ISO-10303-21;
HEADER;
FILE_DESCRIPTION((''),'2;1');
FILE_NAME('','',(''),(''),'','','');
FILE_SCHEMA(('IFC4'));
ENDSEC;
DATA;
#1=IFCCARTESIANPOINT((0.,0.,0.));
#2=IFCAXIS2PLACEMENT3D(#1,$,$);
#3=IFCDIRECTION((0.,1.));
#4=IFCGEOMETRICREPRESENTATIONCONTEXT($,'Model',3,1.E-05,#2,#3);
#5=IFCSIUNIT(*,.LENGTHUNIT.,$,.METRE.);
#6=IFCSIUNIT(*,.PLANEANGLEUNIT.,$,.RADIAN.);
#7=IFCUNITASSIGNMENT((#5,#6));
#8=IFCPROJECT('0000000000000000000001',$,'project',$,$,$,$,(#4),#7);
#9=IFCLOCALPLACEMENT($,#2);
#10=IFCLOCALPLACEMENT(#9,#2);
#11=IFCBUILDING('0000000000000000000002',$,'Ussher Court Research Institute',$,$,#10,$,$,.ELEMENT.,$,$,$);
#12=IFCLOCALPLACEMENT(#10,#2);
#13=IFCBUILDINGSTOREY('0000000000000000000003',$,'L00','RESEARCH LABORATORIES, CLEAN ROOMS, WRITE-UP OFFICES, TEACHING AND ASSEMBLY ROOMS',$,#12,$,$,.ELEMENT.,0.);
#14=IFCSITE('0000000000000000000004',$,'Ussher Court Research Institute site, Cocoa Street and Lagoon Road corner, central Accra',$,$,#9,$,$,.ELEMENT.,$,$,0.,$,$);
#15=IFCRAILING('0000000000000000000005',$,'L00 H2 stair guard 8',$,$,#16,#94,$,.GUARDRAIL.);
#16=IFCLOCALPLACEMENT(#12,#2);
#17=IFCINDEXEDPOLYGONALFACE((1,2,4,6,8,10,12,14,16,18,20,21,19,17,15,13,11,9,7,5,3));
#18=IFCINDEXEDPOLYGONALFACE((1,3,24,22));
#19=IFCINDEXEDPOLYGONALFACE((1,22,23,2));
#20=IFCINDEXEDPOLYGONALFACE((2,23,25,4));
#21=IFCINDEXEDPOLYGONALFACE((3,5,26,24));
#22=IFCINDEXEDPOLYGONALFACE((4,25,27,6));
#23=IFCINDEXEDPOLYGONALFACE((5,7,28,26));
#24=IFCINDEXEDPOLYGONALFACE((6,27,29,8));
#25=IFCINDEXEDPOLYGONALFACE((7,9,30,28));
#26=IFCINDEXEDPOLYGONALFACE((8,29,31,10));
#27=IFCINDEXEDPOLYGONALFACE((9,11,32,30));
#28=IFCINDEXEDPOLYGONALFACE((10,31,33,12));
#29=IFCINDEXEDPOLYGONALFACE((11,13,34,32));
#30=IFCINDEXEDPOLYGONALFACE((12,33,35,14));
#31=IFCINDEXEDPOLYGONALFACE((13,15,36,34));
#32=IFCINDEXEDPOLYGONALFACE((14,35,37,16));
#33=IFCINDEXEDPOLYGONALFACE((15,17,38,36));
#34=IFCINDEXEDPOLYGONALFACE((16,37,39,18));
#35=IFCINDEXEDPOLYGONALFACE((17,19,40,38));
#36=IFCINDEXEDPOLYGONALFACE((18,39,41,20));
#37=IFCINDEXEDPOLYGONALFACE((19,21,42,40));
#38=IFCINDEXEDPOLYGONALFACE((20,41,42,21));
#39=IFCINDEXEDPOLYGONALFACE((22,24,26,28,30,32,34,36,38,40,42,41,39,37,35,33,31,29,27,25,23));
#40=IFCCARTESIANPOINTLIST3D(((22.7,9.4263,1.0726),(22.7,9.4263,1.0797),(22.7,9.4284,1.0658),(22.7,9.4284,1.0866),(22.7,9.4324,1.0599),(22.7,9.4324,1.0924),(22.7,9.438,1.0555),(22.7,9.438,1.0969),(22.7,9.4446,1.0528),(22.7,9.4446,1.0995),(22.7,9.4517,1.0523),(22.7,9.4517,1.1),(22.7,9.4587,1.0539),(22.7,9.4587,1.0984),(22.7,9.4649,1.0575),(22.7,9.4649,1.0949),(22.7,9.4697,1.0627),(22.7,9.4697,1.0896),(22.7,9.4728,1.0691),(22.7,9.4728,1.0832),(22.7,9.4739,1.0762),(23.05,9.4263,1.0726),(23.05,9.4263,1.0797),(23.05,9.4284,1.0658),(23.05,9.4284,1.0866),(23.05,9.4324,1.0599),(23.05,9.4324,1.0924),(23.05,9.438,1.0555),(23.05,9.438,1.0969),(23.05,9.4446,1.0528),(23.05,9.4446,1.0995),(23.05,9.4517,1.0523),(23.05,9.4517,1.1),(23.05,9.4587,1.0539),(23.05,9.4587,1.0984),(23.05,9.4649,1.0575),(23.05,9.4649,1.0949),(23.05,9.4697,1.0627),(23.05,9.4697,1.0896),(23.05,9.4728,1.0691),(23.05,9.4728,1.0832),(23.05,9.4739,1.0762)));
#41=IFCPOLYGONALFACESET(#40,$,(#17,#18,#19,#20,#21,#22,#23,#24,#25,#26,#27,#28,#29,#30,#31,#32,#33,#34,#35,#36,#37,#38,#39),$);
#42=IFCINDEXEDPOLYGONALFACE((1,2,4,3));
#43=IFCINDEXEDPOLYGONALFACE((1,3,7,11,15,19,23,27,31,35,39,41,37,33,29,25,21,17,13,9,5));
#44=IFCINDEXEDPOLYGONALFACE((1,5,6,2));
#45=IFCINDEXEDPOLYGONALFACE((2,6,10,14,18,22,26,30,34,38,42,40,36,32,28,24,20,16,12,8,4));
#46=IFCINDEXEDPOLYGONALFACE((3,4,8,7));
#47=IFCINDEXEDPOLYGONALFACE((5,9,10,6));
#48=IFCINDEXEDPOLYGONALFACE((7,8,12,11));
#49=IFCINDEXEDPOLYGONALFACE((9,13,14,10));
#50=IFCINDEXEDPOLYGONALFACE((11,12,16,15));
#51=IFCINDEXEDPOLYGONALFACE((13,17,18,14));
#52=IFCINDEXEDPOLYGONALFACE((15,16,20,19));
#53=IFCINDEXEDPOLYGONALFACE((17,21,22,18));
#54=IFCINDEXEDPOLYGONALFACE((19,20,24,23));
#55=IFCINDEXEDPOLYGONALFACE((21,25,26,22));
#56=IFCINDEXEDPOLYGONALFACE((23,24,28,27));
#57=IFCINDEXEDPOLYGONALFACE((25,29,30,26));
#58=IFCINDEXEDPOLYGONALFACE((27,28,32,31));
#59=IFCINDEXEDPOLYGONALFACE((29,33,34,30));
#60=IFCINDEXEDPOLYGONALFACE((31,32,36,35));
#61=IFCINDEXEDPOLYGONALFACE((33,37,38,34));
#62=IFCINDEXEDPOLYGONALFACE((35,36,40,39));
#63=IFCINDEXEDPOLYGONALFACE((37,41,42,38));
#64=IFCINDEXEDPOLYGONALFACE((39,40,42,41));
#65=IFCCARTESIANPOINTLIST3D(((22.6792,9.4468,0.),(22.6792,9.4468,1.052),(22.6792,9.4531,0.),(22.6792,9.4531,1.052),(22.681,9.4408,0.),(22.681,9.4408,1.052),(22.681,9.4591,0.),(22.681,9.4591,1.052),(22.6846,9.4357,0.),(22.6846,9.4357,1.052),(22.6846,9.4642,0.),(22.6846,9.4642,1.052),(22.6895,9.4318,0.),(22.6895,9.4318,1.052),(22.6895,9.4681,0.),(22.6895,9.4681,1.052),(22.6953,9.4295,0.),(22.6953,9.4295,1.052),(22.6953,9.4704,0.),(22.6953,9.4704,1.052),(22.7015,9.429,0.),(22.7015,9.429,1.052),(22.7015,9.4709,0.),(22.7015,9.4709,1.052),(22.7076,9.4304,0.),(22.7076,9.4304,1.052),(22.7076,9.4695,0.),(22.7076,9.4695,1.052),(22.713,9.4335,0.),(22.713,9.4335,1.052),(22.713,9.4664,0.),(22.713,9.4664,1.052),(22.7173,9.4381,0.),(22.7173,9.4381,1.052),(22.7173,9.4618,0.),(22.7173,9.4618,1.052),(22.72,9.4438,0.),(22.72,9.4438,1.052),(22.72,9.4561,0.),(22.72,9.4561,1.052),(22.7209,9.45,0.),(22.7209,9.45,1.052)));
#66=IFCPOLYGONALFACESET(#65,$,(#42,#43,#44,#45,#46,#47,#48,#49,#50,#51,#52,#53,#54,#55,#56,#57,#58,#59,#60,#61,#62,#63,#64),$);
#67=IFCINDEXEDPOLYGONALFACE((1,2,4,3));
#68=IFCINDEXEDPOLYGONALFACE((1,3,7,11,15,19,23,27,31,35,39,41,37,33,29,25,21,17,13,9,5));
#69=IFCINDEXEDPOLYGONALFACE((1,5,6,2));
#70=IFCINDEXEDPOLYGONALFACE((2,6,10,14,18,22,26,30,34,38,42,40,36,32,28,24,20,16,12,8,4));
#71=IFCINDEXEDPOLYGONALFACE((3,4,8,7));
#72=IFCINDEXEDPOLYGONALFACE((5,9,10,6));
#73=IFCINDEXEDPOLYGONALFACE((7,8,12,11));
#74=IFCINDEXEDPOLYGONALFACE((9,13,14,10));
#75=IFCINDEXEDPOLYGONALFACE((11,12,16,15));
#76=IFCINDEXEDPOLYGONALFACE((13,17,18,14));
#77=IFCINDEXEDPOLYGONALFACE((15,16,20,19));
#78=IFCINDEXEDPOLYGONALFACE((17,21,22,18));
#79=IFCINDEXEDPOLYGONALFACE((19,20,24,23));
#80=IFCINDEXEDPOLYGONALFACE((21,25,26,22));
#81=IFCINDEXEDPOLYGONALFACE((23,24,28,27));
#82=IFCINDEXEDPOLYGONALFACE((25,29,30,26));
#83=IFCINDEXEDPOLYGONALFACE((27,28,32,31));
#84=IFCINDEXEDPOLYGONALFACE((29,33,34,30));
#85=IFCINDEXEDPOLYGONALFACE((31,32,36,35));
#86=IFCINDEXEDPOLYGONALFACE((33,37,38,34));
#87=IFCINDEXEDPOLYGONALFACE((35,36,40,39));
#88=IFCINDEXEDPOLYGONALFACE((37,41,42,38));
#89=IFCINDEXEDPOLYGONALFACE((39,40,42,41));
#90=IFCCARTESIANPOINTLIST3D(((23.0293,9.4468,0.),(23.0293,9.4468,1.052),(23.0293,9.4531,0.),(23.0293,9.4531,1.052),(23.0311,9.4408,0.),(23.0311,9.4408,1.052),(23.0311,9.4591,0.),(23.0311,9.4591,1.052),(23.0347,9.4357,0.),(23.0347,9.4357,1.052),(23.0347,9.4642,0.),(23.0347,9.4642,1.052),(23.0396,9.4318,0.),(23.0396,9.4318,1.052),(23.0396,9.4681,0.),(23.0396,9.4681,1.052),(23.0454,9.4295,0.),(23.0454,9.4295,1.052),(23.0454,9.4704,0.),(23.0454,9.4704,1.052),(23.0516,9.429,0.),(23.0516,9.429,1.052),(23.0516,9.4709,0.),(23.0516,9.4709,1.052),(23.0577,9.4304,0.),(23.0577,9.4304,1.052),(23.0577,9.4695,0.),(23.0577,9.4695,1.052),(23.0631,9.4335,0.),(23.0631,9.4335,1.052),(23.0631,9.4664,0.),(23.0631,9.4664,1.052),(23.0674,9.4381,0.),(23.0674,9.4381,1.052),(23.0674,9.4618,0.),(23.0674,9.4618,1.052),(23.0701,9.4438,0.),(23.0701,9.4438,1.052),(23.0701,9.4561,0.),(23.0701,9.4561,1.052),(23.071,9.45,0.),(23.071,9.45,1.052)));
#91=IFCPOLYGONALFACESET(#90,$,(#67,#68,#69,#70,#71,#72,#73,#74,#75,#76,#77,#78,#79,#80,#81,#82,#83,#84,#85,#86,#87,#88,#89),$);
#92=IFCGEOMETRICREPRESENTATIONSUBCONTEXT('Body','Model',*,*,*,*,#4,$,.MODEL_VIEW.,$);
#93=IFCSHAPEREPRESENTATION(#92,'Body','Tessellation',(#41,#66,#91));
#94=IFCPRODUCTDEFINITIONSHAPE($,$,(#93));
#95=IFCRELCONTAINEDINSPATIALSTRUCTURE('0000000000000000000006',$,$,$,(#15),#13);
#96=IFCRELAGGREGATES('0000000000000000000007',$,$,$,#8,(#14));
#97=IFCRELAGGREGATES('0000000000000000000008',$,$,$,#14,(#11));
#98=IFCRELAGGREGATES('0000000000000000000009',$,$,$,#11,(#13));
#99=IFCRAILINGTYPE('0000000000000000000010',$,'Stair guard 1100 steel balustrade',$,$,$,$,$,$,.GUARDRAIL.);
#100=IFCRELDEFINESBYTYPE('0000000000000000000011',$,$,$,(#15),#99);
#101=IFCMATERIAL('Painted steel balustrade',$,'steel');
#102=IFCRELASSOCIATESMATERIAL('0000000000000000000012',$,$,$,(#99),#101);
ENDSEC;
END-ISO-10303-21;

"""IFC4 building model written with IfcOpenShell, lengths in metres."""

from ifc_helpers import new_model, si_unit, direction, frame, origin, origin_2d, place, context, subcontext, project, spatial, circle, extrude, material, type_object, element, save


model = new_model("IFC4")

# Units and contexts
model_context = context("Model", 3, precision=1e-05, world=origin(), true_north=direction((0.0, 1.0)))
body_context = subcontext(model_context, "Body", "Model", "MODEL_VIEW")
ifc_project = project(units=[si_unit("LENGTHUNIT", "METRE"), si_unit("PLANEANGLEUNIT", "RADIAN")], contexts=[model_context])

# Site, building, storey
site_placement = place(None, origin())
site = spatial("IfcSite", under=ifc_project, at=site_placement, Name="Ussher Court Research Institute site, Cocoa Street and Lagoon Road corner, central Accra", CompositionType="ELEMENT", RefElevation=0.0)
building_placement = place(site_placement, origin())
building = spatial("IfcBuilding", under=site, at=building_placement, Name="Ussher Court Research Institute", CompositionType="ELEMENT")
storey_placement = place(building_placement, origin())
storey = spatial("IfcBuildingStorey", under=building, at=storey_placement, Name="L00", Description="RESEARCH LABORATORIES, CLEAN ROOMS, WRITE-UP OFFICES, TEACHING AND ASSEMBLY ROOMS", CompositionType="ELEMENT", Elevation=0.0)

# Railing
ifc_material_1 = material(Name="Painted steel balustrade", Category="steel")
railing_type_1 = type_object("IfcRailingType", Name="Stair guard 1100 steel balustrade", PredefinedType="GUARDRAIL", material=ifc_material_1)
railing_placement = place(storey_placement, frame((22.7, 9.45, 0.0)))
element("IfcRailing", 1, at=railing_placement, inside=storey, type_object=railing_type_1, Name="L00 H2 stair guard 8", PredefinedType="GUARDRAIL", context=body_context, shape_type="SweptSolid", body=[
    extrude(circle(Radius=0.0239, at=origin_2d()), frame((0.0, 0.0, 1.0762), z_axis=(1.0, 0.0, 0.0), x_axis=(0.0, 1.0, 0.0)), (0.0, 0.0, 1.0), 0.3501),
    extrude(circle(Radius=0.021, at=origin_2d()), origin(), (0.0, 0.0, 1.0), 1.052),
    extrude(circle(Radius=0.021, at=origin_2d()), frame((0.3501, 0.0, 0.0)), (0.0, 0.0, 1.0), 1.052),
])

save(model, "model.ifc")
